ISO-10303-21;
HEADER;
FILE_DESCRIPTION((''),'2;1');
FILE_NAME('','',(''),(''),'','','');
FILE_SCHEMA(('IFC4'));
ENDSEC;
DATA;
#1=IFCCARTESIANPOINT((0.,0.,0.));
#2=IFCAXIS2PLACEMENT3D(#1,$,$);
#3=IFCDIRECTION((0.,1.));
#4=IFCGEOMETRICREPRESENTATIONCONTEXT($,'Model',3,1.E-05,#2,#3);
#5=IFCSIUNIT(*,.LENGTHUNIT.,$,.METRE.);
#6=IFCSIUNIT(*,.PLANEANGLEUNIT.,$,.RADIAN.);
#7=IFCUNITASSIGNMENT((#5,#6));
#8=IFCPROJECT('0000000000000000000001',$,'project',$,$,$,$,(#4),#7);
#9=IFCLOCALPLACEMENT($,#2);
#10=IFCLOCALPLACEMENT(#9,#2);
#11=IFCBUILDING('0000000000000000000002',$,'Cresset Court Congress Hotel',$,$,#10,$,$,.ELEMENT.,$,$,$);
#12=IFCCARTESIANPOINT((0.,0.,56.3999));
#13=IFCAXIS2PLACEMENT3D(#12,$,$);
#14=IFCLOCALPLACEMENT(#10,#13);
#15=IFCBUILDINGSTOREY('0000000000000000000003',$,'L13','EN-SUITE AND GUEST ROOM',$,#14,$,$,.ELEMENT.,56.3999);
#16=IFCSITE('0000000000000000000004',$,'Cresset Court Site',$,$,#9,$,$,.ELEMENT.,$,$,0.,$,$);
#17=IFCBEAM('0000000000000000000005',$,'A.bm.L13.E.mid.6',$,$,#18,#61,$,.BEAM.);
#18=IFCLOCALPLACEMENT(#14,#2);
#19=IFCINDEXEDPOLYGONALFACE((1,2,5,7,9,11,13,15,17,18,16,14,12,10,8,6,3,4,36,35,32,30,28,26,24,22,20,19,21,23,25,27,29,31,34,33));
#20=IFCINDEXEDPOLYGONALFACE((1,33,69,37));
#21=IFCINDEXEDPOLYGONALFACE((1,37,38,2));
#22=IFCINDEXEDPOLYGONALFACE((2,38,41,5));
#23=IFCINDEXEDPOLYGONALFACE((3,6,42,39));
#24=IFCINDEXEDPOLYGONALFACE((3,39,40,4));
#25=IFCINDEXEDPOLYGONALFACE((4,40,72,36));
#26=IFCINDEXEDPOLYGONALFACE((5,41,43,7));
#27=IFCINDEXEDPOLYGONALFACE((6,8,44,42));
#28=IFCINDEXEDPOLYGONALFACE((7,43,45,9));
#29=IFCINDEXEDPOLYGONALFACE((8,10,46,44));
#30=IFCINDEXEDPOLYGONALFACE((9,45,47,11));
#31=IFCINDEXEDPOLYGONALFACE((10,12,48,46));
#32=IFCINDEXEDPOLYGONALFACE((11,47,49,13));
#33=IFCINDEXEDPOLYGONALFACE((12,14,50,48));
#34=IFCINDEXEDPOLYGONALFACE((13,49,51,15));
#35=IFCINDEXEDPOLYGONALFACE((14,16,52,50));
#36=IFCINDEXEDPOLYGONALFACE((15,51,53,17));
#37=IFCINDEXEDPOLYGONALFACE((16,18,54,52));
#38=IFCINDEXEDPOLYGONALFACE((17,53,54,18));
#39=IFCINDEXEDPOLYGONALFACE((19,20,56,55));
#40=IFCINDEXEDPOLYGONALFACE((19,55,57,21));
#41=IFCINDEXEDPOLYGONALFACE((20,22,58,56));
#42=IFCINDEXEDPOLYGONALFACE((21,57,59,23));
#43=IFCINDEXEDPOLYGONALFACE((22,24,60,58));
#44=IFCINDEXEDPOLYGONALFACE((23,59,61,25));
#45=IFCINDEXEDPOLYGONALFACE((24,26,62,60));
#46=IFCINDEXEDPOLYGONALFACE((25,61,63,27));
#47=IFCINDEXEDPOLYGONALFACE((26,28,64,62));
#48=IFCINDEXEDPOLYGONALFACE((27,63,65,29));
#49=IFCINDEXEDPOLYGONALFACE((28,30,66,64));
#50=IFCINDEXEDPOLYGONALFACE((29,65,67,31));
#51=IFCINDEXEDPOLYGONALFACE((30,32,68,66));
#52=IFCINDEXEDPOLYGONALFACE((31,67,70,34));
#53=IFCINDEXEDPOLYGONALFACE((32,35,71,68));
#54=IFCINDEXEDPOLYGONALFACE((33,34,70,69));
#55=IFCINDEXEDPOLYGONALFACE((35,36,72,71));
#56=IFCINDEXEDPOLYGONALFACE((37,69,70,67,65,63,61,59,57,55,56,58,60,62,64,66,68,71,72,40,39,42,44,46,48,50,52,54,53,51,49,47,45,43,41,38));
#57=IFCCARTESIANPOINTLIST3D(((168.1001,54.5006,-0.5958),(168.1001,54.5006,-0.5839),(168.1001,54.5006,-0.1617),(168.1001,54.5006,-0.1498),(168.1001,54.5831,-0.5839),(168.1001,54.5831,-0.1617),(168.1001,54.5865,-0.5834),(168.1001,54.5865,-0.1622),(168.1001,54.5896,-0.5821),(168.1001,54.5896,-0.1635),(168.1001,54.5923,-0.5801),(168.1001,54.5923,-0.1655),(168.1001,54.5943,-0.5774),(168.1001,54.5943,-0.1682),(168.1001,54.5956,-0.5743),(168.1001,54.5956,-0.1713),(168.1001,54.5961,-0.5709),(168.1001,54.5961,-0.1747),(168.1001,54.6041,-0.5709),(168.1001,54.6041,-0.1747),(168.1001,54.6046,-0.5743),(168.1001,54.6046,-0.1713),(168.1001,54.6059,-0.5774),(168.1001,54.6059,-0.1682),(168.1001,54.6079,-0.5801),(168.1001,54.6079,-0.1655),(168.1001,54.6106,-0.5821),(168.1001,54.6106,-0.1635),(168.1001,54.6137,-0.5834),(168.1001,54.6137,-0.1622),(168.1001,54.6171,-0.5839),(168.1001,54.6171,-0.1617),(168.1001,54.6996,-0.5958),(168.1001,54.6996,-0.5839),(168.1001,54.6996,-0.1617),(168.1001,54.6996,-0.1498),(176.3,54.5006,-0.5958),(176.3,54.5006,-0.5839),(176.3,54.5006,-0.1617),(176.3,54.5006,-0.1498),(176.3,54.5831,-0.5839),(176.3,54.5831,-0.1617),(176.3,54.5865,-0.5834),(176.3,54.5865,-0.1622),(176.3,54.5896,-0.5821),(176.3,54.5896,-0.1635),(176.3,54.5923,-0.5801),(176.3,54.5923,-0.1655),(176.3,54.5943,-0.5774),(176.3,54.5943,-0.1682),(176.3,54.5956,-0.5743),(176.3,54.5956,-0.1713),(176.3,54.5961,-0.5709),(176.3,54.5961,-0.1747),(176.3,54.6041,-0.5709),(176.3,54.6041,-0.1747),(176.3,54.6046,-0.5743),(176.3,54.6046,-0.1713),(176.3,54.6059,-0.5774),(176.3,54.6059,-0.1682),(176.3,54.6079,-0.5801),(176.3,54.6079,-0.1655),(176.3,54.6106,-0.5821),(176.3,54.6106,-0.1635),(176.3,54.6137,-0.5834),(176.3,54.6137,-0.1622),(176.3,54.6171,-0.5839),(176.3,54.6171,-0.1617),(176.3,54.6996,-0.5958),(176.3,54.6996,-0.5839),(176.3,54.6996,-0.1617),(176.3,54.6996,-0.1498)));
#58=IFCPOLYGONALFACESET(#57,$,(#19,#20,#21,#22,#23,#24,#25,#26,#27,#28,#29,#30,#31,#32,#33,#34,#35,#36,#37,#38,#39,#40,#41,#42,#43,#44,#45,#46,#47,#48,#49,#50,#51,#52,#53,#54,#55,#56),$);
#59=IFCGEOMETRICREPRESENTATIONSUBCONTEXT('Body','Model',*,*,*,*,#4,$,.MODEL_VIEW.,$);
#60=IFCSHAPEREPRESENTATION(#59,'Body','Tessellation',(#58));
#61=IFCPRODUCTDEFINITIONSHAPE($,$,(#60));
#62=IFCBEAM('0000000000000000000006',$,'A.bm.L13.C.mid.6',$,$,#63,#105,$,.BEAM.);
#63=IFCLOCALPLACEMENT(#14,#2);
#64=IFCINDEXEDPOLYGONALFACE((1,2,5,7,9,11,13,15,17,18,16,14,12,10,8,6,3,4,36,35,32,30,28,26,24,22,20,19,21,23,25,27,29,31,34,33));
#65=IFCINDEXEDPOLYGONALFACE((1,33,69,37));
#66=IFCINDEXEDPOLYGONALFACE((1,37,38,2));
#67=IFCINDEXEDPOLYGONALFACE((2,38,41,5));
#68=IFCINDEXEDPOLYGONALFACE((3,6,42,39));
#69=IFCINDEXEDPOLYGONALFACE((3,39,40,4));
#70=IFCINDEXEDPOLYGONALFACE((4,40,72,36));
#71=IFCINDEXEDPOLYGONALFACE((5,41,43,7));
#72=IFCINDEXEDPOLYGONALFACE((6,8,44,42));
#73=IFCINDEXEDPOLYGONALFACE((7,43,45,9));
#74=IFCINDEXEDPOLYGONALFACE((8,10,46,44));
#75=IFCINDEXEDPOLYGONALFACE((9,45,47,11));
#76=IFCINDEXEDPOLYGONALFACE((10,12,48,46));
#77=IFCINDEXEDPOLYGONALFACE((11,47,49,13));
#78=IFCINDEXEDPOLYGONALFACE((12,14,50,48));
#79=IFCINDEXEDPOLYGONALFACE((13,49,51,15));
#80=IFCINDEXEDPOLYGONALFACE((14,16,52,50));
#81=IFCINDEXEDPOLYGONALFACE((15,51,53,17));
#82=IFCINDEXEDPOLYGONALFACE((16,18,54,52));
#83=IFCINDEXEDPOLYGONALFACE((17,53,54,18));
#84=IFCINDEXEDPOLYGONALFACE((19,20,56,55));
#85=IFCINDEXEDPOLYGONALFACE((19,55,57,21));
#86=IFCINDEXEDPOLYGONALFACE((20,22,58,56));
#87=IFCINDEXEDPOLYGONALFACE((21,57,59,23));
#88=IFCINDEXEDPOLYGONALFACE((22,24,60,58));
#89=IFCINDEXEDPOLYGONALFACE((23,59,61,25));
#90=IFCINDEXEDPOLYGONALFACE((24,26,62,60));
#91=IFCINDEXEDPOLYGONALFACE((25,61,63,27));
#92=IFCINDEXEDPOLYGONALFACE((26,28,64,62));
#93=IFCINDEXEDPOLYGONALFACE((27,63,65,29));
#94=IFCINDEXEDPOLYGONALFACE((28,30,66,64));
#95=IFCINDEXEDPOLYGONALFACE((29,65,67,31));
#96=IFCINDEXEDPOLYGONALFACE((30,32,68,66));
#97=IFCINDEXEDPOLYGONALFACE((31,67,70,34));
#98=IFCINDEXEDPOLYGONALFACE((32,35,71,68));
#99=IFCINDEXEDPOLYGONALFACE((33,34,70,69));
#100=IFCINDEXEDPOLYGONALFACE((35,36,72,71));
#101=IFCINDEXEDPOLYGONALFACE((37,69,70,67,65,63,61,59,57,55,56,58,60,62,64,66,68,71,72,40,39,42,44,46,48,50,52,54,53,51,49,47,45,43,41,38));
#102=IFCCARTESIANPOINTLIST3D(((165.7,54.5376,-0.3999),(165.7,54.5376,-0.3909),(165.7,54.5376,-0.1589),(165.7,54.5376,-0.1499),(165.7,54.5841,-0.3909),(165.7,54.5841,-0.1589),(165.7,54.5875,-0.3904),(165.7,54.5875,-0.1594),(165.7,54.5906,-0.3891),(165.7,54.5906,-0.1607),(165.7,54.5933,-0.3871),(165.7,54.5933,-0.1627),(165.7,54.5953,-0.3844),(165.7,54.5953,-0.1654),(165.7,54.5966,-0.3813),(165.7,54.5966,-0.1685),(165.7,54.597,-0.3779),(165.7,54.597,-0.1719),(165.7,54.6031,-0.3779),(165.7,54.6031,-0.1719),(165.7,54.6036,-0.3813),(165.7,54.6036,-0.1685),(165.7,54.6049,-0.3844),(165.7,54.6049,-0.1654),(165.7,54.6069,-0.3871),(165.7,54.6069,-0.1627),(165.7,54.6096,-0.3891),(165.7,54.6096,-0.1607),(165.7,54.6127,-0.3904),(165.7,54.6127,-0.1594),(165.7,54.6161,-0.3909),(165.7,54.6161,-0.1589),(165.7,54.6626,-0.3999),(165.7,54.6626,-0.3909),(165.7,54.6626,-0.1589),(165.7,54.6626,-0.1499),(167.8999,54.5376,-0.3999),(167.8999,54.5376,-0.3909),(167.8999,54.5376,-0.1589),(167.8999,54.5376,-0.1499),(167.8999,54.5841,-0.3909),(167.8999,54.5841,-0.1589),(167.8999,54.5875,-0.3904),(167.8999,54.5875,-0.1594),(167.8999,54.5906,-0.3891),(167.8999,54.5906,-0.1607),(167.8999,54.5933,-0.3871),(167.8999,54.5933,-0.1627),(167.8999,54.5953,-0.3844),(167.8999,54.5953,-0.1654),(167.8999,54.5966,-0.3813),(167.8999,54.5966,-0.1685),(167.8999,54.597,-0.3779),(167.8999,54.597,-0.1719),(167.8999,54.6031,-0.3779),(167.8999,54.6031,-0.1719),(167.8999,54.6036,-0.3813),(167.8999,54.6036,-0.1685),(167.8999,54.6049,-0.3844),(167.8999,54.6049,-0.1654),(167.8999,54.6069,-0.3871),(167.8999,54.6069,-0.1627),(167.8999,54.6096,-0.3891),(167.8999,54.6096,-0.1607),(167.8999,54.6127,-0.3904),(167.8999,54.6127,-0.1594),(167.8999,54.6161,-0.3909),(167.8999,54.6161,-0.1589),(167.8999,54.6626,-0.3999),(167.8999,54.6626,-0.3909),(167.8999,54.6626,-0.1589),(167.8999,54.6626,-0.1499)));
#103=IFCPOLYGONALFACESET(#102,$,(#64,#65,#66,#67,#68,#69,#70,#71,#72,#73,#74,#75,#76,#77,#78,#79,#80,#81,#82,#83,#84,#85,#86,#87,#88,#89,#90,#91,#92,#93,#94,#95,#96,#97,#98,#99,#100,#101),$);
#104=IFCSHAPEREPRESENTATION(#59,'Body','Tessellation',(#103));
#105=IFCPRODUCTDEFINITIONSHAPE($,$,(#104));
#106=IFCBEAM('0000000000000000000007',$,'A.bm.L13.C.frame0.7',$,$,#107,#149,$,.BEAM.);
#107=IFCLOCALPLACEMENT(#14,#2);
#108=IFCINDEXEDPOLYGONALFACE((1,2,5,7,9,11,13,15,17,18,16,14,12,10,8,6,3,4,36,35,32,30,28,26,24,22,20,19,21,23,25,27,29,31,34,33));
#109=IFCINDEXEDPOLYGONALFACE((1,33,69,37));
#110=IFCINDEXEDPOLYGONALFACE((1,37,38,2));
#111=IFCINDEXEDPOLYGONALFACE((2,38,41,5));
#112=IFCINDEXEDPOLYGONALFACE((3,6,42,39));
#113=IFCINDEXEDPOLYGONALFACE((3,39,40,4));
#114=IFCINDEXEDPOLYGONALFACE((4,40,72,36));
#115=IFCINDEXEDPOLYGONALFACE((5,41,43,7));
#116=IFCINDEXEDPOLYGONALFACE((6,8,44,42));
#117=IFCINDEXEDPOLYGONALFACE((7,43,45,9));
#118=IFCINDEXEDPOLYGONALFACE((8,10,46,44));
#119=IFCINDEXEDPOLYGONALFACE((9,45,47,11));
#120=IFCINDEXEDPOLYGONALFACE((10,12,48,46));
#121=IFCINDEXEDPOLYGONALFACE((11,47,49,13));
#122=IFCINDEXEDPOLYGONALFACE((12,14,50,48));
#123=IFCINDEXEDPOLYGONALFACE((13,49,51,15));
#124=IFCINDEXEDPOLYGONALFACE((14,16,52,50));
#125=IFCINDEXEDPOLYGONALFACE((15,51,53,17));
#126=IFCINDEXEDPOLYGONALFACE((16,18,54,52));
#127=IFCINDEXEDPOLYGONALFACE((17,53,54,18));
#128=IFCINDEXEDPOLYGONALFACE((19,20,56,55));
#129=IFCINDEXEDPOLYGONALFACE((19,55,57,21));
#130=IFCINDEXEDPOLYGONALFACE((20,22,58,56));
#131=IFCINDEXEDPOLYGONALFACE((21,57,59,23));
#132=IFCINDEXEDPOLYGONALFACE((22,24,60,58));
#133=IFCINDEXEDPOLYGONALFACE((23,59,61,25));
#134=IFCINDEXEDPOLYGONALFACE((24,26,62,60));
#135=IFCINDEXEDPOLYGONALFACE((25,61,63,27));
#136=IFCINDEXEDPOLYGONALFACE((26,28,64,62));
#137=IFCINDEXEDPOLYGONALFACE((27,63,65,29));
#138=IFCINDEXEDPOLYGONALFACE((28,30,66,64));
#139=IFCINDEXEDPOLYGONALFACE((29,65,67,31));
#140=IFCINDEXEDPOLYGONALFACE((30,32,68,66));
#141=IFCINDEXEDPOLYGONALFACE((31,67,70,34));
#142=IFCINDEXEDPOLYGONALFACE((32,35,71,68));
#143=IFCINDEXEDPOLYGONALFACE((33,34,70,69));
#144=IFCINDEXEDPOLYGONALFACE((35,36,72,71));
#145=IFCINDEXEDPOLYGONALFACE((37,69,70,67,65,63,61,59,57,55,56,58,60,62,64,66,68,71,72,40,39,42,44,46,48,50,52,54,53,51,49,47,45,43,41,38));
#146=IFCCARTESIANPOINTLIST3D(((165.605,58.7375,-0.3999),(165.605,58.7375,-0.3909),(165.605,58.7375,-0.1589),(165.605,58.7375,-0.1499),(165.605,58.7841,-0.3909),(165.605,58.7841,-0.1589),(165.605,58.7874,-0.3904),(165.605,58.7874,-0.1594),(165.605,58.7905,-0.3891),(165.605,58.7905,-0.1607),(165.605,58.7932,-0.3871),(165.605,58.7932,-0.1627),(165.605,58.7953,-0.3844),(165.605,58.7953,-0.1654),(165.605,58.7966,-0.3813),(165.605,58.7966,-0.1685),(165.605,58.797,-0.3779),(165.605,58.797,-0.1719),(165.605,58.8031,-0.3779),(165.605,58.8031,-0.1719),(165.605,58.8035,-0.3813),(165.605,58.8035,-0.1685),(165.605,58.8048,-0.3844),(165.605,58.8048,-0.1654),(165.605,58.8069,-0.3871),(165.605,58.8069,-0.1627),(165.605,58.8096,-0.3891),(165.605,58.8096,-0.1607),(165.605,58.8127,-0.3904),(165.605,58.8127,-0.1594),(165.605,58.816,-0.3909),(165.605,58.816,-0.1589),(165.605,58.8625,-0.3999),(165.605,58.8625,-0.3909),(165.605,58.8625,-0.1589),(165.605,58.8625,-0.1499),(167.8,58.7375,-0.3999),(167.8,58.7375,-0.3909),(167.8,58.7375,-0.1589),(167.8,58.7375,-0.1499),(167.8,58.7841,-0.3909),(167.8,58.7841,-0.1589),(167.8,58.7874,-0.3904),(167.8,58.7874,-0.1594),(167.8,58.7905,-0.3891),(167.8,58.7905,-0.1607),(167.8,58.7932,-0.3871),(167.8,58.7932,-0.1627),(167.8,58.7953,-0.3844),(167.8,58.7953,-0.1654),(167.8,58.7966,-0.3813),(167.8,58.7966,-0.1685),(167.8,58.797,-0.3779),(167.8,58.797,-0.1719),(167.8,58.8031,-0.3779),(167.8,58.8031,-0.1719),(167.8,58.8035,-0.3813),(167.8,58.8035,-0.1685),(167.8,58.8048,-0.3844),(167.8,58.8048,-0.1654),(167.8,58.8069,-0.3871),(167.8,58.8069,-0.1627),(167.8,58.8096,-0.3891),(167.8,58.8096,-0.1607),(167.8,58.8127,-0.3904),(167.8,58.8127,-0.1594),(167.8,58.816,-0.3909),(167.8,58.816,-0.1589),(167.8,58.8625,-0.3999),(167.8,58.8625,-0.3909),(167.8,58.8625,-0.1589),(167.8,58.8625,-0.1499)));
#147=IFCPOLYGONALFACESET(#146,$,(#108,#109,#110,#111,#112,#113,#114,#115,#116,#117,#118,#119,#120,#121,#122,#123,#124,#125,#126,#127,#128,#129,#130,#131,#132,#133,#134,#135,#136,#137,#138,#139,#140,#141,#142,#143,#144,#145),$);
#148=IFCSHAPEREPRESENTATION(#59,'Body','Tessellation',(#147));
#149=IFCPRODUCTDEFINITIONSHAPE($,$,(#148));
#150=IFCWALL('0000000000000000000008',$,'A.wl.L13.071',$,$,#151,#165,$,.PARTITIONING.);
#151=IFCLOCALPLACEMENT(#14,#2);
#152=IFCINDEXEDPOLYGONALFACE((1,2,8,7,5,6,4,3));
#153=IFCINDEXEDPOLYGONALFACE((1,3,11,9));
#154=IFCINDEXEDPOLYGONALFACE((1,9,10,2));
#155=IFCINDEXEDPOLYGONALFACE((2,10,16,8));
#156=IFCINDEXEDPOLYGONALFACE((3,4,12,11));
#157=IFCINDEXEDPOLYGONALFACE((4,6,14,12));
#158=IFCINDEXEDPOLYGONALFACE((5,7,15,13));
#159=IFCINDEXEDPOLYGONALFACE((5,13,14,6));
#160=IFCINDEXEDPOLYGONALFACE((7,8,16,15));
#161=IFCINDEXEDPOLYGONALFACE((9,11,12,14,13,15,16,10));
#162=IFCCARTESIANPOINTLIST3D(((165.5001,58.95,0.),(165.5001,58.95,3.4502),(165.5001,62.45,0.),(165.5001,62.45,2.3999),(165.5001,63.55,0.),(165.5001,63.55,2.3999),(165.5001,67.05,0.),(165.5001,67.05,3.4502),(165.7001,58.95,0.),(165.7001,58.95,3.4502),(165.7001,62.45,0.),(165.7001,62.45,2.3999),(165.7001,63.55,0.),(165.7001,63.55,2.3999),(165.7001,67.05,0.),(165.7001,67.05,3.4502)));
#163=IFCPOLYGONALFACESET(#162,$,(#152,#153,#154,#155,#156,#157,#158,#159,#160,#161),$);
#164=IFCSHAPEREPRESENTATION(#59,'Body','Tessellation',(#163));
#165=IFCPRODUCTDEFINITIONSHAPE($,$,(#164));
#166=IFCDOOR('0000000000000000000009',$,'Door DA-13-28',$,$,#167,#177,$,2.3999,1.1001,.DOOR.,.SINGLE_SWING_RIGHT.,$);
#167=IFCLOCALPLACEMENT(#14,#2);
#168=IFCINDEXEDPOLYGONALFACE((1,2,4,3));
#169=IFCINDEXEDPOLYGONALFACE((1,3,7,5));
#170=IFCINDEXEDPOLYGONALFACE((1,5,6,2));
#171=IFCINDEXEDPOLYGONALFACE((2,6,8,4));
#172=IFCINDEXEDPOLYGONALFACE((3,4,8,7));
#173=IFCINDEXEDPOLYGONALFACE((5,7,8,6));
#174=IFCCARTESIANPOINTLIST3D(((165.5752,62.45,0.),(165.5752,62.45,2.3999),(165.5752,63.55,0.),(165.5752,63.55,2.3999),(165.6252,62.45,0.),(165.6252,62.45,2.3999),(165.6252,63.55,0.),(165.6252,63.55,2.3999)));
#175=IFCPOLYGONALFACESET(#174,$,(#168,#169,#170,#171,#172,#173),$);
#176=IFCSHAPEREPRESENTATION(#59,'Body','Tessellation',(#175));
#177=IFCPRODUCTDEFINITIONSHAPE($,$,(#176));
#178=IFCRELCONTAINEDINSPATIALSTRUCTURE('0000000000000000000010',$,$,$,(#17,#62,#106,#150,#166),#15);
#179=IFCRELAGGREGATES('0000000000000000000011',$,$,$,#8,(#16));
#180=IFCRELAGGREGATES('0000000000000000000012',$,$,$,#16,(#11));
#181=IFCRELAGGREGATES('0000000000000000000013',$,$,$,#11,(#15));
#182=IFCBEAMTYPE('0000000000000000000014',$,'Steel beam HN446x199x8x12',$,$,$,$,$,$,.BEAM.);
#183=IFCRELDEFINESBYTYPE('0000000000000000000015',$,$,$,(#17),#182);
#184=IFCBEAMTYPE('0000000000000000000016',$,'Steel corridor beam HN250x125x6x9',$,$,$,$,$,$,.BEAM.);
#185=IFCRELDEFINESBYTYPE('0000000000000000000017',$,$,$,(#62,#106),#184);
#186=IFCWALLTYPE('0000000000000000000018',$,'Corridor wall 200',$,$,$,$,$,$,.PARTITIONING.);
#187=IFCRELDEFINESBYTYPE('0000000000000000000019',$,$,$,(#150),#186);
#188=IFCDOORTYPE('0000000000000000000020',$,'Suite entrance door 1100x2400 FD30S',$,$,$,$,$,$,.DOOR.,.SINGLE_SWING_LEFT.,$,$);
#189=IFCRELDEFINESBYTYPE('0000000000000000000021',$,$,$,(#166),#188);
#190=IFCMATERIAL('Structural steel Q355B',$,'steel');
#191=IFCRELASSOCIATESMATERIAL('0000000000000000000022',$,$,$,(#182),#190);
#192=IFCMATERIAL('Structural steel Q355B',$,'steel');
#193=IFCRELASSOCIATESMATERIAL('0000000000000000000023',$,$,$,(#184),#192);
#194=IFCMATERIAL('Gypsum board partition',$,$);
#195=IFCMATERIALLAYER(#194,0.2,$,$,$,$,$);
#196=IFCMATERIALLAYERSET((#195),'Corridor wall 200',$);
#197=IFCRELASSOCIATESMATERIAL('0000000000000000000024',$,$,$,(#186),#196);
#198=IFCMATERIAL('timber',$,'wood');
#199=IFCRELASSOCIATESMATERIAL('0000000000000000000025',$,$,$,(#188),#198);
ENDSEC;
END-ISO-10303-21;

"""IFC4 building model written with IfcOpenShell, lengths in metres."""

from ifc_helpers import new_model, si_unit, direction, frame, frame_2d, origin, origin_2d, place, context, subcontext, project, spatial, rectangle, i_section, extrude, material, layer, layer_set, material_profile, profile_set, type_object, element, fill, save


model = new_model("IFC4")

# Units and contexts
model_context = context("Model", 3, precision=1e-05, world=origin(), true_north=direction((0.0, 1.0)))
body_context = subcontext(model_context, "Body", "Model", "MODEL_VIEW")
ifc_project = project(units=[si_unit("LENGTHUNIT", "METRE"), si_unit("PLANEANGLEUNIT", "RADIAN")], contexts=[model_context])

# Site, building, storey
site_placement = place(None, origin())
site = spatial("IfcSite", under=ifc_project, at=site_placement, Name="Cresset Court Site", CompositionType="ELEMENT", RefElevation=0.0)
building_placement = place(site_placement, origin())
building = spatial("IfcBuilding", under=site, at=building_placement, Name="Cresset Court Congress Hotel", CompositionType="ELEMENT")
storey_placement = place(building_placement, frame((0.0, 0.0, 56.3999)))
storey = spatial("IfcBuildingStorey", under=building, at=storey_placement, Name="L13", Description="EN-SUITE AND GUEST ROOM", CompositionType="ELEMENT", Elevation=56.3999)

# Beams
ifc_material_1 = material(Name="Structural steel Q355B", Category="steel")
ifc_material_profile_1 = material_profile(ifc_material_1, i_section(OverallWidth=0.199, OverallDepth=0.446, WebThickness=0.0081, FlangeThickness=0.012, FilletRadius=0.0129, at=origin_2d()), Name="HN446x199x8x12")
ifc_profile_set_1 = profile_set([ifc_material_profile_1], Name="Structural steel Q355B")
beam_type_1 = type_object("IfcBeamType", Name="Steel beam HN446x199x8x12", PredefinedType="BEAM", material=ifc_profile_set_1)
beam_1_placement = place(storey_placement, frame((168.1001, 54.6001, -0.3728), z_axis=(1.0, 0.0, 0.0), x_axis=(0.0, 1.0, 0.0)))
element("IfcBeam", 1, at=beam_1_placement, inside=storey, type_object=beam_type_1, Name="A.bm.L13.E.mid.6", PredefinedType="BEAM", context=body_context, shape_type="SweptSolid", body=[
    extrude(i_section(OverallWidth=0.199, OverallDepth=0.446, WebThickness=0.0081, FlangeThickness=0.012, FilletRadius=0.0129, at=origin_2d()), origin(), (0.0, 0.0, 1.0), 8.2),
])
ifc_material_2 = material(Name="Structural steel Q355B", Category="steel")
ifc_material_profile_2 = material_profile(ifc_material_2, i_section(OverallWidth=0.125, OverallDepth=0.25, WebThickness=0.0061, FlangeThickness=0.009, FilletRadius=0.0129, at=origin_2d()), Name="HN250x125x6x9")
ifc_profile_set_2 = profile_set([ifc_material_profile_2], Name="Structural steel Q355B")
beam_type_2 = type_object("IfcBeamType", Name="Steel corridor beam HN250x125x6x9", PredefinedType="BEAM", material=ifc_profile_set_2)
beam_2_placement = place(storey_placement, frame((165.7, 54.6001, -0.2749), z_axis=(1.0, 0.0, 0.0), x_axis=(0.0, 1.0, 0.0)))
element("IfcBeam", 2, at=beam_2_placement, inside=storey, type_object=beam_type_2, Name="A.bm.L13.C.mid.6", PredefinedType="BEAM", context=body_context, shape_type="SweptSolid", body=[
    extrude(i_section(OverallWidth=0.125, OverallDepth=0.25, WebThickness=0.0061, FlangeThickness=0.009, FilletRadius=0.0129, at=origin_2d()), origin(), (0.0, 0.0, 1.0), 2.2),
])
beam_3_placement = place(storey_placement, frame((165.605, 58.8, -0.2749), z_axis=(1.0, 0.0, 0.0), x_axis=(0.0, 1.0, 0.0)))
element("IfcBeam", 3, at=beam_3_placement, inside=storey, type_object=beam_type_2, Name="A.bm.L13.C.frame0.7", PredefinedType="BEAM", context=body_context, shape_type="SweptSolid", body=[
    extrude(i_section(OverallWidth=0.125, OverallDepth=0.25, WebThickness=0.0061, FlangeThickness=0.009, FilletRadius=0.0129, at=origin_2d()), origin(), (0.0, 0.0, 1.0), 2.1951),
])

# Wall, opening, door
ifc_material_3 = material(Name="Gypsum board partition")
ifc_layer_1 = layer(ifc_material_3, 0.2)
ifc_layer_set_1 = layer_set([ifc_layer_1], Name="Corridor wall 200")
wall_type_1 = type_object("IfcWallType", Name="Corridor wall 200", PredefinedType="PARTITIONING", material=ifc_layer_set_1)
wall_1_placement = place(storey_placement, frame((165.6001, 58.95, 0.0), z_axis=(0.0, 0.0, 1.0), x_axis=(0.0, 1.0, 0.0)))
wall_1 = element("IfcWall", 4, at=wall_1_placement, inside=storey, type_object=wall_type_1, Name="A.wl.L13.071", PredefinedType="PARTITIONING", context=body_context, shape_type="SweptSolid", body=[
    extrude(rectangle(XDim=8.1001, YDim=0.2, at=frame_2d((4.05, 0.0))), origin(), (0.0, 0.0, 1.0), 3.4502),
])
opening_1_placement = place(wall_1_placement, frame((3.5, 0.0, 0.0)))
opening_1 = element("IfcOpeningElement", 5, at=opening_1_placement, cuts=wall_1, PredefinedType="OPENING", context=body_context, shape_type="SweptSolid", body=[
    extrude(rectangle(XDim=1.1001, YDim=2.3999, at=frame_2d((0.55, 1.2))), frame((0.0, 0.1099, 0.0), z_axis=(0.0, -1.0, 0.0), x_axis=(1.0, 0.0, 0.0)), (0.0, 0.0, 1.0), 0.22),
])
ifc_material_4 = material(Name="timber", Category="wood")
door_type_1 = type_object("IfcDoorType", Name="Suite entrance door 1100x2400 FD30S", OperationType="SINGLE_SWING_LEFT", PredefinedType="DOOR", material=ifc_material_4)
door_1_placement = place(opening_1_placement, origin())
door_1 = element("IfcDoor", 6, at=door_1_placement, inside=storey, type_object=door_type_1, Name="Door DA-13-28", OperationType="SINGLE_SWING_RIGHT", OverallHeight=2.3999, OverallWidth=1.1001, PredefinedType="DOOR", context=body_context, shape_type="SweptSolid", body=[
    extrude(rectangle(XDim=1.1001, YDim=2.3999, at=frame_2d((0.55, 1.2))), frame((0.0, 0.0249, 0.0), z_axis=(0.0, -1.0, 0.0), x_axis=(1.0, 0.0, 0.0)), (0.0, 0.0, 1.0), 0.05),
])
fill(opening_1, door_1)

save(model, "model.ifc")
